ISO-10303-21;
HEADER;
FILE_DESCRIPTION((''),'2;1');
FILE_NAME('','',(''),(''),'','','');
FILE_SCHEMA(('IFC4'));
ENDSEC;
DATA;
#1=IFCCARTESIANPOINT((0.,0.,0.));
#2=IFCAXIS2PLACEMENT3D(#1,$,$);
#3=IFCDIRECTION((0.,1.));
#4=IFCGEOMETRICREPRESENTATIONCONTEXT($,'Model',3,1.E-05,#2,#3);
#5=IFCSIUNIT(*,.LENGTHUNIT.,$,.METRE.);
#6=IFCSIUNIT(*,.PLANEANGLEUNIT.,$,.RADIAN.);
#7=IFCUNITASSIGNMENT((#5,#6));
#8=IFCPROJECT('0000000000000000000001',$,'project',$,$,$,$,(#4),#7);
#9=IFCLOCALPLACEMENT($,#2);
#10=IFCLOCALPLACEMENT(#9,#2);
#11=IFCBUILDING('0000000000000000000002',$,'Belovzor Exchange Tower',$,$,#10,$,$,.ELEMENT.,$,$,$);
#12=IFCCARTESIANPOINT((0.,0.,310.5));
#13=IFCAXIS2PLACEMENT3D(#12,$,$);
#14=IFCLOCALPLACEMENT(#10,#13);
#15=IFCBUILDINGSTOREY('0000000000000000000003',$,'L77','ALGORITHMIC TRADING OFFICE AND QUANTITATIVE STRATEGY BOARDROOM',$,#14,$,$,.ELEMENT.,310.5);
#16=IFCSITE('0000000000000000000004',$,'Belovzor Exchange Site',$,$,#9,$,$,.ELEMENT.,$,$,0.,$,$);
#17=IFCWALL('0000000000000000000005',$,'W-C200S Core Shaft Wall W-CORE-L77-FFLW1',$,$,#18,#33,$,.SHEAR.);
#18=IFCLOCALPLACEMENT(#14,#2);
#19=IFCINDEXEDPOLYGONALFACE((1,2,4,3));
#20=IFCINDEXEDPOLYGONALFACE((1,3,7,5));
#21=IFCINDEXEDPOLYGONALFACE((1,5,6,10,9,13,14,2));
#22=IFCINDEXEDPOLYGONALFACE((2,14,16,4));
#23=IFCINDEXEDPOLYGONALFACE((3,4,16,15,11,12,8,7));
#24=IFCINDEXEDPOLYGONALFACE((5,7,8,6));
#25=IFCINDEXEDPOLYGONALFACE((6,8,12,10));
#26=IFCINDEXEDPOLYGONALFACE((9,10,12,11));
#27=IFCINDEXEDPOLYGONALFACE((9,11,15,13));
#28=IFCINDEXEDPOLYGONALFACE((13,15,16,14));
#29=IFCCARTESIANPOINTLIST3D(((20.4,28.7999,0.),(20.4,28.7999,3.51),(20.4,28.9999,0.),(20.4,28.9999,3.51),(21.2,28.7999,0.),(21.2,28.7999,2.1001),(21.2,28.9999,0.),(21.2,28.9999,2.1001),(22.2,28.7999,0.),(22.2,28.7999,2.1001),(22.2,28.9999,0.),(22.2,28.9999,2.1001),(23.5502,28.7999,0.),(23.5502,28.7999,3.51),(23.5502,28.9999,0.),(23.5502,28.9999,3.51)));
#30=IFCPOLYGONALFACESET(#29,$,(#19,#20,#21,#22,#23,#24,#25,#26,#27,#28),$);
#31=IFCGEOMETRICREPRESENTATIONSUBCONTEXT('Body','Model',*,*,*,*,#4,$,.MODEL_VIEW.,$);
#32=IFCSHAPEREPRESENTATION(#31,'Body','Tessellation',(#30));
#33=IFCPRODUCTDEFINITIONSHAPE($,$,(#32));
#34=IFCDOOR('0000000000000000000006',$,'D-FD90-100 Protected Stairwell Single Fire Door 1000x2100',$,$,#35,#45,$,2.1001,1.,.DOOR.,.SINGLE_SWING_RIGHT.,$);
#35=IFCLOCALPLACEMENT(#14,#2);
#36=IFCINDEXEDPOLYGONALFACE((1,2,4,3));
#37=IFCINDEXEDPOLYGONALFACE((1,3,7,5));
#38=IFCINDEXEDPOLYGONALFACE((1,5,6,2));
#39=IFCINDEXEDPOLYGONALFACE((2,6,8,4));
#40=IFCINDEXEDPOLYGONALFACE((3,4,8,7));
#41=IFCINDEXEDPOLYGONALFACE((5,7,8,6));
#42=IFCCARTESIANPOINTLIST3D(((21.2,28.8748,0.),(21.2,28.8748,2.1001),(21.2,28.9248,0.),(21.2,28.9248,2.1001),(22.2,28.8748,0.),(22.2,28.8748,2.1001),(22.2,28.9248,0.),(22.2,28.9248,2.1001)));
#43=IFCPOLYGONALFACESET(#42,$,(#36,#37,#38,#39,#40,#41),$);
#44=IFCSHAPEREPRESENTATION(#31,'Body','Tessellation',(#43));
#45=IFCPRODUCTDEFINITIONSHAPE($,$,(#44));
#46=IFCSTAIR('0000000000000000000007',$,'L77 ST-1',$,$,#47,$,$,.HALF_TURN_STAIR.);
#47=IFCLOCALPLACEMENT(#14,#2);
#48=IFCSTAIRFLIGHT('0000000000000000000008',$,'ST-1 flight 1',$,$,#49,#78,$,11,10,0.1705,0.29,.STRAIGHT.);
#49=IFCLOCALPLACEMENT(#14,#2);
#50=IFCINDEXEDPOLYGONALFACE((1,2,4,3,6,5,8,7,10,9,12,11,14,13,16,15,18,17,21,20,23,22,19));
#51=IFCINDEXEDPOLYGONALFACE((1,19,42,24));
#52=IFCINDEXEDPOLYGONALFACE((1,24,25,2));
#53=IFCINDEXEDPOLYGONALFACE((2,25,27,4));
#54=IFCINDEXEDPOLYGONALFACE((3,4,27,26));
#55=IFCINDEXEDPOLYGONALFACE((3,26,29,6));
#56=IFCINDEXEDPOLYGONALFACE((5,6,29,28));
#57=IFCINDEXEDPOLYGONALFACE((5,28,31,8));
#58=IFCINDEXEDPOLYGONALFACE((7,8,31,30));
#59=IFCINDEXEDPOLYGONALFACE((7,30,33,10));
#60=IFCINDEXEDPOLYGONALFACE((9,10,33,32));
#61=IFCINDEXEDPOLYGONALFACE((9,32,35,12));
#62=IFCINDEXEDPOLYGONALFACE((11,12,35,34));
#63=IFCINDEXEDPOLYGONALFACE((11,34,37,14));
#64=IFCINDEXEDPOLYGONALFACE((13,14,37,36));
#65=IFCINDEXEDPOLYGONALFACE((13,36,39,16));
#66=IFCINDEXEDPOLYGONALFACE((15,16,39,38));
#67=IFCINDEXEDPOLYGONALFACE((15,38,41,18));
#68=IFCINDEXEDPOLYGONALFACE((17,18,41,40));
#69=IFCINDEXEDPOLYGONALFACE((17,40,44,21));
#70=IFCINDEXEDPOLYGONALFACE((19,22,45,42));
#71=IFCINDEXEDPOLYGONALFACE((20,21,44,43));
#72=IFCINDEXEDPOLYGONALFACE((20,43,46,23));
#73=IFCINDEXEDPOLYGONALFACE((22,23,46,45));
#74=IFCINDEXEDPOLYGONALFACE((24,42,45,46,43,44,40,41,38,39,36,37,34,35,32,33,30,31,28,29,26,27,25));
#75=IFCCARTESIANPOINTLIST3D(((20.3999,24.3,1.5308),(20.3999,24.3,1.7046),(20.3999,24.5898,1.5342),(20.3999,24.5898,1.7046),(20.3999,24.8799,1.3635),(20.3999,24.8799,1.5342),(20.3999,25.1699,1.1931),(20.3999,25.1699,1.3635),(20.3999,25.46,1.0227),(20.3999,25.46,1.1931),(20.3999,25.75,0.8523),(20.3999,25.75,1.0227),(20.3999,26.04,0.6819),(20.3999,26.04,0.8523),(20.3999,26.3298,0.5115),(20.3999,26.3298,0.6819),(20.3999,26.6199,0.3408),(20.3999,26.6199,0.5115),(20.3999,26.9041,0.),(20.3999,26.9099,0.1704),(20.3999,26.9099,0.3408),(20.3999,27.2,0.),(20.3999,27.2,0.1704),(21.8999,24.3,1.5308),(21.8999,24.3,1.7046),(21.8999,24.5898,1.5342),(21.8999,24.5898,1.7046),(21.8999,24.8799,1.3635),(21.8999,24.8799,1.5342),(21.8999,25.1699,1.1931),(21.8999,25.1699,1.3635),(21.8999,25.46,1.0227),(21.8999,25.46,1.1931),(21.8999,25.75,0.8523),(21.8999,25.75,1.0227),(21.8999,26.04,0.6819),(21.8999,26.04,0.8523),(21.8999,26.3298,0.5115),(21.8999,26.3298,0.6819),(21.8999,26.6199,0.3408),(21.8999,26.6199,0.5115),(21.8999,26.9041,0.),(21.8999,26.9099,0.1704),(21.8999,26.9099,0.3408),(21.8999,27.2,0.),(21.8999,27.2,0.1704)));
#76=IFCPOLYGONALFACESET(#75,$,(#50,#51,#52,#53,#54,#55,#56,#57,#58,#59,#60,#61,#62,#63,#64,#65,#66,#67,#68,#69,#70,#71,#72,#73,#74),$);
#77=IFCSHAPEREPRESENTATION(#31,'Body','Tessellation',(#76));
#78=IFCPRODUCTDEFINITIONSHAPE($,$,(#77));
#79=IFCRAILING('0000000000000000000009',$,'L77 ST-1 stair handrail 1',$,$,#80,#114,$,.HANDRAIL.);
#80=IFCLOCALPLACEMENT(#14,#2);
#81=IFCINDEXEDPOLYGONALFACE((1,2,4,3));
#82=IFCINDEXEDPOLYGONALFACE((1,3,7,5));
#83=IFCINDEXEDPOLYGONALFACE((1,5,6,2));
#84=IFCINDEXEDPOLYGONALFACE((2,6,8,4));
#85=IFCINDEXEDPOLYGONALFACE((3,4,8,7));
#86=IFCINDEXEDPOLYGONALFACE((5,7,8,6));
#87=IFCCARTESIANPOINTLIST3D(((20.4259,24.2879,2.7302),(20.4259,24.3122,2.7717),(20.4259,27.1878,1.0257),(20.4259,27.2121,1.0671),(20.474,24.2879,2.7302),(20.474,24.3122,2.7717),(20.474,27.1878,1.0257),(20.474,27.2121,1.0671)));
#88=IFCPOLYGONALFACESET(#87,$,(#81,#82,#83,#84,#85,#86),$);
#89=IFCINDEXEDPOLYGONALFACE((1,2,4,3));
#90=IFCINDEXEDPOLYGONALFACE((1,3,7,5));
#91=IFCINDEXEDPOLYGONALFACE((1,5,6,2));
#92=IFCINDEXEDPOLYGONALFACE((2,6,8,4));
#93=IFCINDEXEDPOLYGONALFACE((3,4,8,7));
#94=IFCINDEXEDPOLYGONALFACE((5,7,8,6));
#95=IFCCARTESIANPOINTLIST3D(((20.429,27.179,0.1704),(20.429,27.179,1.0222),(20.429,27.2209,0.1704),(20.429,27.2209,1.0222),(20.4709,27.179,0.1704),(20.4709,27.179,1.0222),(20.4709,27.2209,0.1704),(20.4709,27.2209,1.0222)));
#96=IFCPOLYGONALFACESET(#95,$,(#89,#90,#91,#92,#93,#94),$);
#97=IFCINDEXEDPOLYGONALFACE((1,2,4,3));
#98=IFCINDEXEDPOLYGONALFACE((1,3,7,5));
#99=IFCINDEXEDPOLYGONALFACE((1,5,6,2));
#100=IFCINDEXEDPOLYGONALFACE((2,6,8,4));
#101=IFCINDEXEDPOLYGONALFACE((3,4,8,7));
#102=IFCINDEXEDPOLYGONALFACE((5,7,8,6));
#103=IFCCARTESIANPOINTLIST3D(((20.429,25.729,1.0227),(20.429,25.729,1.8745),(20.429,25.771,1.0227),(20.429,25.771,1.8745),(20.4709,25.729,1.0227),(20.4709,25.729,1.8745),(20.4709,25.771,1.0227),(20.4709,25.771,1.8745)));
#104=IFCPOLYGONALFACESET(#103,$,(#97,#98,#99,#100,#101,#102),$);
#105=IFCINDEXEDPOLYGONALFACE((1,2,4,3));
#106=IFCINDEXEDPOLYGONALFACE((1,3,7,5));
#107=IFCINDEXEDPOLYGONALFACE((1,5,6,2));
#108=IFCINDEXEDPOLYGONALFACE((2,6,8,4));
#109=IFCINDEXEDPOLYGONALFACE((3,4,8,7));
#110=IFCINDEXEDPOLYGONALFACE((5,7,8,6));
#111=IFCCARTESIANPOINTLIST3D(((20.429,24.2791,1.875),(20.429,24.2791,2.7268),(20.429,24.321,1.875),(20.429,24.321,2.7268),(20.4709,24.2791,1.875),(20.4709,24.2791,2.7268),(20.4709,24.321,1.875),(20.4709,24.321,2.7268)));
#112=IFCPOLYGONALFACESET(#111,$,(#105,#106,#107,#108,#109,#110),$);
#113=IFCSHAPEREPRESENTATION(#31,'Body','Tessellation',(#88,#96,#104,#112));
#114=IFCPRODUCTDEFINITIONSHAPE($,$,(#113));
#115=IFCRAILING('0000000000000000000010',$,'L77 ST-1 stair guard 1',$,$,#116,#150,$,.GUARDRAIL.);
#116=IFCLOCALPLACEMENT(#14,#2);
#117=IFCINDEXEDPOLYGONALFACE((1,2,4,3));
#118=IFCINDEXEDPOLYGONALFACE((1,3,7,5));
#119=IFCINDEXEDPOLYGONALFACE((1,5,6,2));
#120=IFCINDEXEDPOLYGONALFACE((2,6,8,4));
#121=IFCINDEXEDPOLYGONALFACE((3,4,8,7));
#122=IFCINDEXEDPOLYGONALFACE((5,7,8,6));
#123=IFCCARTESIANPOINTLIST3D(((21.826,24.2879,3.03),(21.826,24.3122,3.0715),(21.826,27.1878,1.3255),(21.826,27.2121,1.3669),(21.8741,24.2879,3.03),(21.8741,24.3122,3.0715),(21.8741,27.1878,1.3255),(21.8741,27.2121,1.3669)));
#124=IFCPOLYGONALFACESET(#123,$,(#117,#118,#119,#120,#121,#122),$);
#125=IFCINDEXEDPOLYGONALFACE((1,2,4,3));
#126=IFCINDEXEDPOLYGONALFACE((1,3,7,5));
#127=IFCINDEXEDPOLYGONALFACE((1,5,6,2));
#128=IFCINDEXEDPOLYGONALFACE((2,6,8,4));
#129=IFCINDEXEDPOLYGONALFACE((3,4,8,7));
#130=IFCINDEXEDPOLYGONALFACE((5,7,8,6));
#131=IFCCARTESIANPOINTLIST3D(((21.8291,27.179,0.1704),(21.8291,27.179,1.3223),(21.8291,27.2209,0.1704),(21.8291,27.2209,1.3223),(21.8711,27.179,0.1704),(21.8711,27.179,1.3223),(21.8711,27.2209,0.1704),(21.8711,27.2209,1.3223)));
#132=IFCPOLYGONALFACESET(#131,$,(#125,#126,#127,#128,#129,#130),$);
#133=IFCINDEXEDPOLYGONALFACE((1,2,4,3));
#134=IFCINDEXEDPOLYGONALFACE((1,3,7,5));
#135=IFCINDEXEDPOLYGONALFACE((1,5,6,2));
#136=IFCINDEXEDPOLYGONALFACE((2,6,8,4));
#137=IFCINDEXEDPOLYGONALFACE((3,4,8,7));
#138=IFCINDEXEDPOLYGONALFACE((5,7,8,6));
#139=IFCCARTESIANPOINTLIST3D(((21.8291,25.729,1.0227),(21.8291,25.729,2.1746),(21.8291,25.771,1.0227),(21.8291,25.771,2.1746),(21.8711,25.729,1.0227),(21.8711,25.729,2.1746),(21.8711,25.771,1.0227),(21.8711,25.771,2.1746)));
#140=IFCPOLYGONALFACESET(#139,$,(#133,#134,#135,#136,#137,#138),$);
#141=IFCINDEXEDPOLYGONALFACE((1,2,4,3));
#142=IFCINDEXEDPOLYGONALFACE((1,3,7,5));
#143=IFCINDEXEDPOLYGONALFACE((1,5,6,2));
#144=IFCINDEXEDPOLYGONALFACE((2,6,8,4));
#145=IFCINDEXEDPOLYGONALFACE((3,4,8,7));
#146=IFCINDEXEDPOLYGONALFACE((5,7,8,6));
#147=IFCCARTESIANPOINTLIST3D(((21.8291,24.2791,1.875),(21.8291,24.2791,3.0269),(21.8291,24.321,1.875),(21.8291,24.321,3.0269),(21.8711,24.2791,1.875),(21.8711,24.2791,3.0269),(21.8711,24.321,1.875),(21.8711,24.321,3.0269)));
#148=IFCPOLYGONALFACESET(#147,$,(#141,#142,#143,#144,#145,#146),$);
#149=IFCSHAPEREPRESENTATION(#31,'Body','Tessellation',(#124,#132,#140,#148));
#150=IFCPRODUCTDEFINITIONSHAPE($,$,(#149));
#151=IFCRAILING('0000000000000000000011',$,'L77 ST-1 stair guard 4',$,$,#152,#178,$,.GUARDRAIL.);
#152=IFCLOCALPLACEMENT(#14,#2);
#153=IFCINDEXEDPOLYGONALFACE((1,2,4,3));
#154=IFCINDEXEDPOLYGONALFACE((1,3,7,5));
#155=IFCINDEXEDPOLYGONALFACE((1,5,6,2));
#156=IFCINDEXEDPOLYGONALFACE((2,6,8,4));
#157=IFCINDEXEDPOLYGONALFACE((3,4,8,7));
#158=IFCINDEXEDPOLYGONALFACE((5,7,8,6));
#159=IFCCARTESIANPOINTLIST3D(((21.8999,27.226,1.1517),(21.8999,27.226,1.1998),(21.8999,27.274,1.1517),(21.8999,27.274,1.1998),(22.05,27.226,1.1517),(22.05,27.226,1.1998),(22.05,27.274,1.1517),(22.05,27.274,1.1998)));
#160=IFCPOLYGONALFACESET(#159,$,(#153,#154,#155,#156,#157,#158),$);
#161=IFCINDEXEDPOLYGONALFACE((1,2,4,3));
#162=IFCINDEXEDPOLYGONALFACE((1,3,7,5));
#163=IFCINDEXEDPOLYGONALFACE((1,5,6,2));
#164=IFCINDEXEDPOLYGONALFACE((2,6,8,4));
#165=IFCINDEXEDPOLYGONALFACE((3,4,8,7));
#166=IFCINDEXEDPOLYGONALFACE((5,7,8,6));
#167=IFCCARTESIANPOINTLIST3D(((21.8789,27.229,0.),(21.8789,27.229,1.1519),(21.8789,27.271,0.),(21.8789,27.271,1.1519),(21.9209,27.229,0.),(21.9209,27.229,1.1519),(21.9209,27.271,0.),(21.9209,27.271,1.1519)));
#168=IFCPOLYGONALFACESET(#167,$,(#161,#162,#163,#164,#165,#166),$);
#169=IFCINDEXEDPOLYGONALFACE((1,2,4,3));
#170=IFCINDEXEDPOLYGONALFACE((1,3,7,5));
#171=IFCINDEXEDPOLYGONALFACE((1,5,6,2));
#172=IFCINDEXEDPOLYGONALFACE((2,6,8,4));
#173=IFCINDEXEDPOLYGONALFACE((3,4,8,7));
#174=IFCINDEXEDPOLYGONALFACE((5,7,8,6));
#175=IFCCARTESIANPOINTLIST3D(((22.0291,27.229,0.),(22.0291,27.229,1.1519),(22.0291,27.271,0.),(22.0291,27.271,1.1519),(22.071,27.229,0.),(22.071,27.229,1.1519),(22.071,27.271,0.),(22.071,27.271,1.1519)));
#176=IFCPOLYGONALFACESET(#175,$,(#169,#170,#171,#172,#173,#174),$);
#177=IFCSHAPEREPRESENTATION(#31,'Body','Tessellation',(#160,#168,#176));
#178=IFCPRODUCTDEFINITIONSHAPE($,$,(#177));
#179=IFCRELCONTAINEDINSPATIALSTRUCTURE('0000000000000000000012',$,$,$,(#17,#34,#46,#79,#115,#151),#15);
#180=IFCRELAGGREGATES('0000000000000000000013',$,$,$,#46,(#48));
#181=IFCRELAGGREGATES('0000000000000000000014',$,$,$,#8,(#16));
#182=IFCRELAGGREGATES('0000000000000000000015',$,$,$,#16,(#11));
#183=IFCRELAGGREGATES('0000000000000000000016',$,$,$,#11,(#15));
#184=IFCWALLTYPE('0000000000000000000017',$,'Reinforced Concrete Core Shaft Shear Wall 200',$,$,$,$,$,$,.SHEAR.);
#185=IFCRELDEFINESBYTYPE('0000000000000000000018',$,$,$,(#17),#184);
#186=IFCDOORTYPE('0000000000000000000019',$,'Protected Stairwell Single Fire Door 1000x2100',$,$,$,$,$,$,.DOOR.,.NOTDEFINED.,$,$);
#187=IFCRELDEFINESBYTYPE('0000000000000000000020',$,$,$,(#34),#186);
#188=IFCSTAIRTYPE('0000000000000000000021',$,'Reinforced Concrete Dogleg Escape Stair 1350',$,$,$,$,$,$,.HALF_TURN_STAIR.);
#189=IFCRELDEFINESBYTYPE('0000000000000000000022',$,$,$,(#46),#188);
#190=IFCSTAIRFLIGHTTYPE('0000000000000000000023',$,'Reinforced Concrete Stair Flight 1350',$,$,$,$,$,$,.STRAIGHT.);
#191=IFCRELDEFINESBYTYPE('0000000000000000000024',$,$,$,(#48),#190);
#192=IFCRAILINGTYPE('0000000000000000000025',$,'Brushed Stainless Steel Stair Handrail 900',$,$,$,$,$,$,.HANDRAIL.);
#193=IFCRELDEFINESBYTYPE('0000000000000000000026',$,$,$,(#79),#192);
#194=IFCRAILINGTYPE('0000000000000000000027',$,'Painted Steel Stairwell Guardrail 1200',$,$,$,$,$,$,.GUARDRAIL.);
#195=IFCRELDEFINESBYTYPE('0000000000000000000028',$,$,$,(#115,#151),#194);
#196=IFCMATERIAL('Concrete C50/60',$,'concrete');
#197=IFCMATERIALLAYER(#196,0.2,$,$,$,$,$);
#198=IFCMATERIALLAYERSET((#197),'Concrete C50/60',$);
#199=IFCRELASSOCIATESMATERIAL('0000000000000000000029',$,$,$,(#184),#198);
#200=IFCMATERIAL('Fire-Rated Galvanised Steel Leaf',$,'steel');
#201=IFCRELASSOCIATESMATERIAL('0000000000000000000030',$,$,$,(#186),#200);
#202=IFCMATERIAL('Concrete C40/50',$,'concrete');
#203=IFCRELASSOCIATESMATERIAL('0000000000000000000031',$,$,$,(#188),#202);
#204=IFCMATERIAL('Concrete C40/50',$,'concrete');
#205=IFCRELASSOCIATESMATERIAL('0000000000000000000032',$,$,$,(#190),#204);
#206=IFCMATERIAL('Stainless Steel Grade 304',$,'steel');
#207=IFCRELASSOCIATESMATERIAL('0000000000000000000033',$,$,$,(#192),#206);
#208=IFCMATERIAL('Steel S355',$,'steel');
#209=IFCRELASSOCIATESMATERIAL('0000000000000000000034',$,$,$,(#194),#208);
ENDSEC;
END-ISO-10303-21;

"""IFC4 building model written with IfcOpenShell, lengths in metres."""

from ifc_helpers import new_model, si_unit, direction, frame, frame_2d, origin, origin_2d, place, context, subcontext, project, spatial, polyline, rectangle, outline, extrude, material, layer, layer_set, type_object, element, fill, aggregate, save


model = new_model("IFC4")

# Units and contexts
model_context = context("Model", 3, precision=1e-05, world=origin(), true_north=direction((0.0, 1.0)))
body_context = subcontext(model_context, "Body", "Model", "MODEL_VIEW")
ifc_project = project(units=[si_unit("LENGTHUNIT", "METRE"), si_unit("PLANEANGLEUNIT", "RADIAN")], contexts=[model_context])

# Site, building, storey
site_placement = place(None, origin())
site = spatial("IfcSite", under=ifc_project, at=site_placement, Name="Belovzor Exchange Site", CompositionType="ELEMENT", RefElevation=0.0)
building_placement = place(site_placement, origin())
building = spatial("IfcBuilding", under=site, at=building_placement, Name="Belovzor Exchange Tower", CompositionType="ELEMENT")
storey_placement = place(building_placement, frame((0.0, 0.0, 310.5)))
storey = spatial("IfcBuildingStorey", under=building, at=storey_placement, Name="L77", Description="ALGORITHMIC TRADING OFFICE AND QUANTITATIVE STRATEGY BOARDROOM", CompositionType="ELEMENT", Elevation=310.5)

# Wall, opening, door
ifc_material_1 = material(Name="Concrete C50/60", Category="concrete")
ifc_layer_1 = layer(ifc_material_1, 0.2)
ifc_layer_set_1 = layer_set([ifc_layer_1], Name="Concrete C50/60")
wall_type_1 = type_object("IfcWallType", Name="Reinforced Concrete Core Shaft Shear Wall 200", PredefinedType="SHEAR", material=ifc_layer_set_1)
wall_1_placement = place(storey_placement, frame((20.3999, 28.8999, 0.0), z_axis=(0.0, 0.0, 1.0), x_axis=(1.0, 0.0, 0.0)))
wall_1 = element("IfcWall", 1, at=wall_1_placement, inside=storey, type_object=wall_type_1, Name="W-C200S Core Shaft Wall W-CORE-L77-FFLW1", PredefinedType="SHEAR", context=body_context, shape_type="SweptSolid", body=[
    extrude(rectangle(XDim=3.1501, YDim=0.2, at=frame_2d((1.5752, 0.0))), origin(), (0.0, 0.0, 1.0), 3.51),
])
opening_1_placement = place(wall_1_placement, frame((0.8, 0.0, 0.0)))
opening_1 = element("IfcOpeningElement", 2, at=opening_1_placement, cuts=wall_1, PredefinedType="OPENING", context=body_context, shape_type="SweptSolid", body=[
    extrude(rectangle(XDim=1.0, YDim=2.1001, at=frame_2d((0.5, 1.05))), frame((0.0, 0.1099, 0.0), z_axis=(0.0, -1.0, 0.0), x_axis=(1.0, 0.0, 0.0)), (0.0, 0.0, 1.0), 0.22),
])
ifc_material_2 = material(Name="Fire-Rated Galvanised Steel Leaf", Category="steel")
door_type_1 = type_object("IfcDoorType", Name="Protected Stairwell Single Fire Door 1000x2100", OperationType="NOTDEFINED", PredefinedType="DOOR", material=ifc_material_2)
door_1_placement = place(opening_1_placement, origin())
door_1 = element("IfcDoor", 3, at=door_1_placement, inside=storey, type_object=door_type_1, Name="D-FD90-100 Protected Stairwell Single Fire Door 1000x2100", OperationType="SINGLE_SWING_RIGHT", OverallHeight=2.1001, OverallWidth=1.0, PredefinedType="DOOR", context=body_context, shape_type="SweptSolid", body=[
    extrude(rectangle(XDim=1.0, YDim=2.1001, at=frame_2d((0.5, 1.05))), frame((0.0, 0.0249, 0.0), z_axis=(0.0, -1.0, 0.0), x_axis=(1.0, 0.0, 0.0)), (0.0, 0.0, 1.0), 0.05),
])
fill(opening_1, door_1)

# Stair, stair flight
ifc_material_3 = material(Name="Concrete C40/50", Category="concrete")
stair_type = type_object("IfcStairType", Name="Reinforced Concrete Dogleg Escape Stair 1350", PredefinedType="HALF_TURN_STAIR", material=ifc_material_3)
stair_placement = place(storey_placement, origin())
stair = element("IfcStair", 4, at=stair_placement, inside=storey, type_object=stair_type, Name="L77 ST-1", PredefinedType="HALF_TURN_STAIR")
ifc_material_4 = material(Name="Concrete C40/50", Category="concrete")
stair_flight_type = type_object("IfcStairFlightType", Name="Reinforced Concrete Stair Flight 1350", PredefinedType="STRAIGHT", material=ifc_material_4)
stair_flight_placement = place(storey_placement, frame((21.1499, 27.2, 0.0), z_axis=(0.0, 0.0, 1.0), x_axis=(0.0, -1.0, 0.0)))
stair_flight = element("IfcStairFlight", 5, at=stair_flight_placement, type_object=stair_flight_type, Name="ST-1 flight 1", NumberOfRisers=11, NumberOfTreads=10, PredefinedType="STRAIGHT", RiserHeight=0.1705, TreadLength=0.29, context=body_context, shape_type="SweptSolid", body=[
    extrude(outline(polyline([(0.0, 0.0), (0.0, 0.1704), (0.29, 0.1704), (0.29, 0.3408), (0.5801, 0.3408), (0.5801, 0.5115), (0.8701, 0.5115), (0.8701, 0.6819), (1.1599, 0.6819), (1.1599, 0.8523), (1.45, 0.8523), (1.45, 1.0227), (1.74, 1.0227), (1.74, 1.1931), (2.03, 1.1931), (2.03, 1.3635), (2.3201, 1.3635), (2.3201, 1.5342), (2.6101, 1.5342), (2.6101, 1.7046), (2.8999, 1.7046), (2.8999, 1.875), (2.8999, 1.5308), (0.2959, 0.0), (0.0, 0.0)])), frame((0.0, 0.75, 0.0), z_axis=(0.0, -1.0, 0.0), x_axis=(1.0, 0.0, 0.0)), (0.0, 0.0, 1.0), 1.5),
])
aggregate(stair, [stair_flight])

# Railings
ifc_material_5 = material(Name="Stainless Steel Grade 304", Category="steel")
railing_type_1 = type_object("IfcRailingType", Name="Brushed Stainless Steel Stair Handrail 900", PredefinedType="HANDRAIL", material=ifc_material_5)
railing_1_placement = place(storey_placement, frame((20.45, 27.2, 0.1704)))
element("IfcRailing", 6, at=railing_1_placement, inside=storey, type_object=railing_type_1, Name="L77 ST-1 stair handrail 1", PredefinedType="HANDRAIL", context=body_context, shape_type="SweptSolid", body=[
    extrude(rectangle(XDim=0.0481, YDim=0.0481, at=origin_2d()), frame((0.0, 0.0, 0.876), z_axis=(0.0, -0.862095, 0.506747), x_axis=(1.0, 0.0, 0.0)), (0.0, 0.0, 1.0), 3.3638),
    extrude(rectangle(XDim=0.042, YDim=0.042, at=origin_2d()), origin(), (0.0, 0.0, 1.0), 0.8518),
    extrude(rectangle(XDim=0.042, YDim=0.042, at=origin_2d()), frame((0.0, -1.45, 0.8523)), (0.0, 0.0, 1.0), 0.8518),
    extrude(rectangle(XDim=0.042, YDim=0.042, at=origin_2d()), frame((0.0, -2.8999, 1.7046)), (0.0, 0.0, 1.0), 0.8518),
])
ifc_material_6 = material(Name="Steel S355", Category="steel")
railing_type_2 = type_object("IfcRailingType", Name="Painted Steel Stairwell Guardrail 1200", PredefinedType="GUARDRAIL", material=ifc_material_6)
railing_2_placement = place(storey_placement, frame((21.8501, 27.2, 0.1704)))
element("IfcRailing", 7, at=railing_2_placement, inside=storey, type_object=railing_type_2, Name="L77 ST-1 stair guard 1", PredefinedType="GUARDRAIL", context=body_context, shape_type="SweptSolid", body=[
    extrude(rectangle(XDim=0.0481, YDim=0.0481, at=origin_2d()), frame((0.0, 0.0, 1.1758), z_axis=(0.0, -0.862095, 0.506747), x_axis=(1.0, 0.0, 0.0)), (0.0, 0.0, 1.0), 3.3638),
    extrude(rectangle(XDim=0.042, YDim=0.042, at=origin_2d()), origin(), (0.0, 0.0, 1.0), 1.1519),
    extrude(rectangle(XDim=0.042, YDim=0.042, at=origin_2d()), frame((0.0, -1.45, 0.8523)), (0.0, 0.0, 1.0), 1.1519),
    extrude(rectangle(XDim=0.042, YDim=0.042, at=origin_2d()), frame((0.0, -2.8999, 1.7046)), (0.0, 0.0, 1.0), 1.1519),
])
railing_3_placement = place(storey_placement, frame((21.8999, 27.25, 0.0)))
element("IfcRailing", 8, at=railing_3_placement, inside=storey, type_object=railing_type_2, Name="L77 ST-1 stair guard 4", PredefinedType="GUARDRAIL", context=body_context, shape_type="SweptSolid", body=[
    extrude(rectangle(XDim=0.0481, YDim=0.0481, at=origin_2d()), frame((0.0, 0.0, 1.1758), z_axis=(1.0, 0.0, 0.0), x_axis=(0.0, 1.0, 0.0)), (0.0, 0.0, 1.0), 0.1501),
    extrude(rectangle(XDim=0.042, YDim=0.042, at=origin_2d()), origin(), (0.0, 0.0, 1.0), 1.1519),
    extrude(rectangle(XDim=0.042, YDim=0.042, at=origin_2d()), frame((0.1501, 0.0, 0.0)), (0.0, 0.0, 1.0), 1.1519),
])

save(model, "model.ifc")
